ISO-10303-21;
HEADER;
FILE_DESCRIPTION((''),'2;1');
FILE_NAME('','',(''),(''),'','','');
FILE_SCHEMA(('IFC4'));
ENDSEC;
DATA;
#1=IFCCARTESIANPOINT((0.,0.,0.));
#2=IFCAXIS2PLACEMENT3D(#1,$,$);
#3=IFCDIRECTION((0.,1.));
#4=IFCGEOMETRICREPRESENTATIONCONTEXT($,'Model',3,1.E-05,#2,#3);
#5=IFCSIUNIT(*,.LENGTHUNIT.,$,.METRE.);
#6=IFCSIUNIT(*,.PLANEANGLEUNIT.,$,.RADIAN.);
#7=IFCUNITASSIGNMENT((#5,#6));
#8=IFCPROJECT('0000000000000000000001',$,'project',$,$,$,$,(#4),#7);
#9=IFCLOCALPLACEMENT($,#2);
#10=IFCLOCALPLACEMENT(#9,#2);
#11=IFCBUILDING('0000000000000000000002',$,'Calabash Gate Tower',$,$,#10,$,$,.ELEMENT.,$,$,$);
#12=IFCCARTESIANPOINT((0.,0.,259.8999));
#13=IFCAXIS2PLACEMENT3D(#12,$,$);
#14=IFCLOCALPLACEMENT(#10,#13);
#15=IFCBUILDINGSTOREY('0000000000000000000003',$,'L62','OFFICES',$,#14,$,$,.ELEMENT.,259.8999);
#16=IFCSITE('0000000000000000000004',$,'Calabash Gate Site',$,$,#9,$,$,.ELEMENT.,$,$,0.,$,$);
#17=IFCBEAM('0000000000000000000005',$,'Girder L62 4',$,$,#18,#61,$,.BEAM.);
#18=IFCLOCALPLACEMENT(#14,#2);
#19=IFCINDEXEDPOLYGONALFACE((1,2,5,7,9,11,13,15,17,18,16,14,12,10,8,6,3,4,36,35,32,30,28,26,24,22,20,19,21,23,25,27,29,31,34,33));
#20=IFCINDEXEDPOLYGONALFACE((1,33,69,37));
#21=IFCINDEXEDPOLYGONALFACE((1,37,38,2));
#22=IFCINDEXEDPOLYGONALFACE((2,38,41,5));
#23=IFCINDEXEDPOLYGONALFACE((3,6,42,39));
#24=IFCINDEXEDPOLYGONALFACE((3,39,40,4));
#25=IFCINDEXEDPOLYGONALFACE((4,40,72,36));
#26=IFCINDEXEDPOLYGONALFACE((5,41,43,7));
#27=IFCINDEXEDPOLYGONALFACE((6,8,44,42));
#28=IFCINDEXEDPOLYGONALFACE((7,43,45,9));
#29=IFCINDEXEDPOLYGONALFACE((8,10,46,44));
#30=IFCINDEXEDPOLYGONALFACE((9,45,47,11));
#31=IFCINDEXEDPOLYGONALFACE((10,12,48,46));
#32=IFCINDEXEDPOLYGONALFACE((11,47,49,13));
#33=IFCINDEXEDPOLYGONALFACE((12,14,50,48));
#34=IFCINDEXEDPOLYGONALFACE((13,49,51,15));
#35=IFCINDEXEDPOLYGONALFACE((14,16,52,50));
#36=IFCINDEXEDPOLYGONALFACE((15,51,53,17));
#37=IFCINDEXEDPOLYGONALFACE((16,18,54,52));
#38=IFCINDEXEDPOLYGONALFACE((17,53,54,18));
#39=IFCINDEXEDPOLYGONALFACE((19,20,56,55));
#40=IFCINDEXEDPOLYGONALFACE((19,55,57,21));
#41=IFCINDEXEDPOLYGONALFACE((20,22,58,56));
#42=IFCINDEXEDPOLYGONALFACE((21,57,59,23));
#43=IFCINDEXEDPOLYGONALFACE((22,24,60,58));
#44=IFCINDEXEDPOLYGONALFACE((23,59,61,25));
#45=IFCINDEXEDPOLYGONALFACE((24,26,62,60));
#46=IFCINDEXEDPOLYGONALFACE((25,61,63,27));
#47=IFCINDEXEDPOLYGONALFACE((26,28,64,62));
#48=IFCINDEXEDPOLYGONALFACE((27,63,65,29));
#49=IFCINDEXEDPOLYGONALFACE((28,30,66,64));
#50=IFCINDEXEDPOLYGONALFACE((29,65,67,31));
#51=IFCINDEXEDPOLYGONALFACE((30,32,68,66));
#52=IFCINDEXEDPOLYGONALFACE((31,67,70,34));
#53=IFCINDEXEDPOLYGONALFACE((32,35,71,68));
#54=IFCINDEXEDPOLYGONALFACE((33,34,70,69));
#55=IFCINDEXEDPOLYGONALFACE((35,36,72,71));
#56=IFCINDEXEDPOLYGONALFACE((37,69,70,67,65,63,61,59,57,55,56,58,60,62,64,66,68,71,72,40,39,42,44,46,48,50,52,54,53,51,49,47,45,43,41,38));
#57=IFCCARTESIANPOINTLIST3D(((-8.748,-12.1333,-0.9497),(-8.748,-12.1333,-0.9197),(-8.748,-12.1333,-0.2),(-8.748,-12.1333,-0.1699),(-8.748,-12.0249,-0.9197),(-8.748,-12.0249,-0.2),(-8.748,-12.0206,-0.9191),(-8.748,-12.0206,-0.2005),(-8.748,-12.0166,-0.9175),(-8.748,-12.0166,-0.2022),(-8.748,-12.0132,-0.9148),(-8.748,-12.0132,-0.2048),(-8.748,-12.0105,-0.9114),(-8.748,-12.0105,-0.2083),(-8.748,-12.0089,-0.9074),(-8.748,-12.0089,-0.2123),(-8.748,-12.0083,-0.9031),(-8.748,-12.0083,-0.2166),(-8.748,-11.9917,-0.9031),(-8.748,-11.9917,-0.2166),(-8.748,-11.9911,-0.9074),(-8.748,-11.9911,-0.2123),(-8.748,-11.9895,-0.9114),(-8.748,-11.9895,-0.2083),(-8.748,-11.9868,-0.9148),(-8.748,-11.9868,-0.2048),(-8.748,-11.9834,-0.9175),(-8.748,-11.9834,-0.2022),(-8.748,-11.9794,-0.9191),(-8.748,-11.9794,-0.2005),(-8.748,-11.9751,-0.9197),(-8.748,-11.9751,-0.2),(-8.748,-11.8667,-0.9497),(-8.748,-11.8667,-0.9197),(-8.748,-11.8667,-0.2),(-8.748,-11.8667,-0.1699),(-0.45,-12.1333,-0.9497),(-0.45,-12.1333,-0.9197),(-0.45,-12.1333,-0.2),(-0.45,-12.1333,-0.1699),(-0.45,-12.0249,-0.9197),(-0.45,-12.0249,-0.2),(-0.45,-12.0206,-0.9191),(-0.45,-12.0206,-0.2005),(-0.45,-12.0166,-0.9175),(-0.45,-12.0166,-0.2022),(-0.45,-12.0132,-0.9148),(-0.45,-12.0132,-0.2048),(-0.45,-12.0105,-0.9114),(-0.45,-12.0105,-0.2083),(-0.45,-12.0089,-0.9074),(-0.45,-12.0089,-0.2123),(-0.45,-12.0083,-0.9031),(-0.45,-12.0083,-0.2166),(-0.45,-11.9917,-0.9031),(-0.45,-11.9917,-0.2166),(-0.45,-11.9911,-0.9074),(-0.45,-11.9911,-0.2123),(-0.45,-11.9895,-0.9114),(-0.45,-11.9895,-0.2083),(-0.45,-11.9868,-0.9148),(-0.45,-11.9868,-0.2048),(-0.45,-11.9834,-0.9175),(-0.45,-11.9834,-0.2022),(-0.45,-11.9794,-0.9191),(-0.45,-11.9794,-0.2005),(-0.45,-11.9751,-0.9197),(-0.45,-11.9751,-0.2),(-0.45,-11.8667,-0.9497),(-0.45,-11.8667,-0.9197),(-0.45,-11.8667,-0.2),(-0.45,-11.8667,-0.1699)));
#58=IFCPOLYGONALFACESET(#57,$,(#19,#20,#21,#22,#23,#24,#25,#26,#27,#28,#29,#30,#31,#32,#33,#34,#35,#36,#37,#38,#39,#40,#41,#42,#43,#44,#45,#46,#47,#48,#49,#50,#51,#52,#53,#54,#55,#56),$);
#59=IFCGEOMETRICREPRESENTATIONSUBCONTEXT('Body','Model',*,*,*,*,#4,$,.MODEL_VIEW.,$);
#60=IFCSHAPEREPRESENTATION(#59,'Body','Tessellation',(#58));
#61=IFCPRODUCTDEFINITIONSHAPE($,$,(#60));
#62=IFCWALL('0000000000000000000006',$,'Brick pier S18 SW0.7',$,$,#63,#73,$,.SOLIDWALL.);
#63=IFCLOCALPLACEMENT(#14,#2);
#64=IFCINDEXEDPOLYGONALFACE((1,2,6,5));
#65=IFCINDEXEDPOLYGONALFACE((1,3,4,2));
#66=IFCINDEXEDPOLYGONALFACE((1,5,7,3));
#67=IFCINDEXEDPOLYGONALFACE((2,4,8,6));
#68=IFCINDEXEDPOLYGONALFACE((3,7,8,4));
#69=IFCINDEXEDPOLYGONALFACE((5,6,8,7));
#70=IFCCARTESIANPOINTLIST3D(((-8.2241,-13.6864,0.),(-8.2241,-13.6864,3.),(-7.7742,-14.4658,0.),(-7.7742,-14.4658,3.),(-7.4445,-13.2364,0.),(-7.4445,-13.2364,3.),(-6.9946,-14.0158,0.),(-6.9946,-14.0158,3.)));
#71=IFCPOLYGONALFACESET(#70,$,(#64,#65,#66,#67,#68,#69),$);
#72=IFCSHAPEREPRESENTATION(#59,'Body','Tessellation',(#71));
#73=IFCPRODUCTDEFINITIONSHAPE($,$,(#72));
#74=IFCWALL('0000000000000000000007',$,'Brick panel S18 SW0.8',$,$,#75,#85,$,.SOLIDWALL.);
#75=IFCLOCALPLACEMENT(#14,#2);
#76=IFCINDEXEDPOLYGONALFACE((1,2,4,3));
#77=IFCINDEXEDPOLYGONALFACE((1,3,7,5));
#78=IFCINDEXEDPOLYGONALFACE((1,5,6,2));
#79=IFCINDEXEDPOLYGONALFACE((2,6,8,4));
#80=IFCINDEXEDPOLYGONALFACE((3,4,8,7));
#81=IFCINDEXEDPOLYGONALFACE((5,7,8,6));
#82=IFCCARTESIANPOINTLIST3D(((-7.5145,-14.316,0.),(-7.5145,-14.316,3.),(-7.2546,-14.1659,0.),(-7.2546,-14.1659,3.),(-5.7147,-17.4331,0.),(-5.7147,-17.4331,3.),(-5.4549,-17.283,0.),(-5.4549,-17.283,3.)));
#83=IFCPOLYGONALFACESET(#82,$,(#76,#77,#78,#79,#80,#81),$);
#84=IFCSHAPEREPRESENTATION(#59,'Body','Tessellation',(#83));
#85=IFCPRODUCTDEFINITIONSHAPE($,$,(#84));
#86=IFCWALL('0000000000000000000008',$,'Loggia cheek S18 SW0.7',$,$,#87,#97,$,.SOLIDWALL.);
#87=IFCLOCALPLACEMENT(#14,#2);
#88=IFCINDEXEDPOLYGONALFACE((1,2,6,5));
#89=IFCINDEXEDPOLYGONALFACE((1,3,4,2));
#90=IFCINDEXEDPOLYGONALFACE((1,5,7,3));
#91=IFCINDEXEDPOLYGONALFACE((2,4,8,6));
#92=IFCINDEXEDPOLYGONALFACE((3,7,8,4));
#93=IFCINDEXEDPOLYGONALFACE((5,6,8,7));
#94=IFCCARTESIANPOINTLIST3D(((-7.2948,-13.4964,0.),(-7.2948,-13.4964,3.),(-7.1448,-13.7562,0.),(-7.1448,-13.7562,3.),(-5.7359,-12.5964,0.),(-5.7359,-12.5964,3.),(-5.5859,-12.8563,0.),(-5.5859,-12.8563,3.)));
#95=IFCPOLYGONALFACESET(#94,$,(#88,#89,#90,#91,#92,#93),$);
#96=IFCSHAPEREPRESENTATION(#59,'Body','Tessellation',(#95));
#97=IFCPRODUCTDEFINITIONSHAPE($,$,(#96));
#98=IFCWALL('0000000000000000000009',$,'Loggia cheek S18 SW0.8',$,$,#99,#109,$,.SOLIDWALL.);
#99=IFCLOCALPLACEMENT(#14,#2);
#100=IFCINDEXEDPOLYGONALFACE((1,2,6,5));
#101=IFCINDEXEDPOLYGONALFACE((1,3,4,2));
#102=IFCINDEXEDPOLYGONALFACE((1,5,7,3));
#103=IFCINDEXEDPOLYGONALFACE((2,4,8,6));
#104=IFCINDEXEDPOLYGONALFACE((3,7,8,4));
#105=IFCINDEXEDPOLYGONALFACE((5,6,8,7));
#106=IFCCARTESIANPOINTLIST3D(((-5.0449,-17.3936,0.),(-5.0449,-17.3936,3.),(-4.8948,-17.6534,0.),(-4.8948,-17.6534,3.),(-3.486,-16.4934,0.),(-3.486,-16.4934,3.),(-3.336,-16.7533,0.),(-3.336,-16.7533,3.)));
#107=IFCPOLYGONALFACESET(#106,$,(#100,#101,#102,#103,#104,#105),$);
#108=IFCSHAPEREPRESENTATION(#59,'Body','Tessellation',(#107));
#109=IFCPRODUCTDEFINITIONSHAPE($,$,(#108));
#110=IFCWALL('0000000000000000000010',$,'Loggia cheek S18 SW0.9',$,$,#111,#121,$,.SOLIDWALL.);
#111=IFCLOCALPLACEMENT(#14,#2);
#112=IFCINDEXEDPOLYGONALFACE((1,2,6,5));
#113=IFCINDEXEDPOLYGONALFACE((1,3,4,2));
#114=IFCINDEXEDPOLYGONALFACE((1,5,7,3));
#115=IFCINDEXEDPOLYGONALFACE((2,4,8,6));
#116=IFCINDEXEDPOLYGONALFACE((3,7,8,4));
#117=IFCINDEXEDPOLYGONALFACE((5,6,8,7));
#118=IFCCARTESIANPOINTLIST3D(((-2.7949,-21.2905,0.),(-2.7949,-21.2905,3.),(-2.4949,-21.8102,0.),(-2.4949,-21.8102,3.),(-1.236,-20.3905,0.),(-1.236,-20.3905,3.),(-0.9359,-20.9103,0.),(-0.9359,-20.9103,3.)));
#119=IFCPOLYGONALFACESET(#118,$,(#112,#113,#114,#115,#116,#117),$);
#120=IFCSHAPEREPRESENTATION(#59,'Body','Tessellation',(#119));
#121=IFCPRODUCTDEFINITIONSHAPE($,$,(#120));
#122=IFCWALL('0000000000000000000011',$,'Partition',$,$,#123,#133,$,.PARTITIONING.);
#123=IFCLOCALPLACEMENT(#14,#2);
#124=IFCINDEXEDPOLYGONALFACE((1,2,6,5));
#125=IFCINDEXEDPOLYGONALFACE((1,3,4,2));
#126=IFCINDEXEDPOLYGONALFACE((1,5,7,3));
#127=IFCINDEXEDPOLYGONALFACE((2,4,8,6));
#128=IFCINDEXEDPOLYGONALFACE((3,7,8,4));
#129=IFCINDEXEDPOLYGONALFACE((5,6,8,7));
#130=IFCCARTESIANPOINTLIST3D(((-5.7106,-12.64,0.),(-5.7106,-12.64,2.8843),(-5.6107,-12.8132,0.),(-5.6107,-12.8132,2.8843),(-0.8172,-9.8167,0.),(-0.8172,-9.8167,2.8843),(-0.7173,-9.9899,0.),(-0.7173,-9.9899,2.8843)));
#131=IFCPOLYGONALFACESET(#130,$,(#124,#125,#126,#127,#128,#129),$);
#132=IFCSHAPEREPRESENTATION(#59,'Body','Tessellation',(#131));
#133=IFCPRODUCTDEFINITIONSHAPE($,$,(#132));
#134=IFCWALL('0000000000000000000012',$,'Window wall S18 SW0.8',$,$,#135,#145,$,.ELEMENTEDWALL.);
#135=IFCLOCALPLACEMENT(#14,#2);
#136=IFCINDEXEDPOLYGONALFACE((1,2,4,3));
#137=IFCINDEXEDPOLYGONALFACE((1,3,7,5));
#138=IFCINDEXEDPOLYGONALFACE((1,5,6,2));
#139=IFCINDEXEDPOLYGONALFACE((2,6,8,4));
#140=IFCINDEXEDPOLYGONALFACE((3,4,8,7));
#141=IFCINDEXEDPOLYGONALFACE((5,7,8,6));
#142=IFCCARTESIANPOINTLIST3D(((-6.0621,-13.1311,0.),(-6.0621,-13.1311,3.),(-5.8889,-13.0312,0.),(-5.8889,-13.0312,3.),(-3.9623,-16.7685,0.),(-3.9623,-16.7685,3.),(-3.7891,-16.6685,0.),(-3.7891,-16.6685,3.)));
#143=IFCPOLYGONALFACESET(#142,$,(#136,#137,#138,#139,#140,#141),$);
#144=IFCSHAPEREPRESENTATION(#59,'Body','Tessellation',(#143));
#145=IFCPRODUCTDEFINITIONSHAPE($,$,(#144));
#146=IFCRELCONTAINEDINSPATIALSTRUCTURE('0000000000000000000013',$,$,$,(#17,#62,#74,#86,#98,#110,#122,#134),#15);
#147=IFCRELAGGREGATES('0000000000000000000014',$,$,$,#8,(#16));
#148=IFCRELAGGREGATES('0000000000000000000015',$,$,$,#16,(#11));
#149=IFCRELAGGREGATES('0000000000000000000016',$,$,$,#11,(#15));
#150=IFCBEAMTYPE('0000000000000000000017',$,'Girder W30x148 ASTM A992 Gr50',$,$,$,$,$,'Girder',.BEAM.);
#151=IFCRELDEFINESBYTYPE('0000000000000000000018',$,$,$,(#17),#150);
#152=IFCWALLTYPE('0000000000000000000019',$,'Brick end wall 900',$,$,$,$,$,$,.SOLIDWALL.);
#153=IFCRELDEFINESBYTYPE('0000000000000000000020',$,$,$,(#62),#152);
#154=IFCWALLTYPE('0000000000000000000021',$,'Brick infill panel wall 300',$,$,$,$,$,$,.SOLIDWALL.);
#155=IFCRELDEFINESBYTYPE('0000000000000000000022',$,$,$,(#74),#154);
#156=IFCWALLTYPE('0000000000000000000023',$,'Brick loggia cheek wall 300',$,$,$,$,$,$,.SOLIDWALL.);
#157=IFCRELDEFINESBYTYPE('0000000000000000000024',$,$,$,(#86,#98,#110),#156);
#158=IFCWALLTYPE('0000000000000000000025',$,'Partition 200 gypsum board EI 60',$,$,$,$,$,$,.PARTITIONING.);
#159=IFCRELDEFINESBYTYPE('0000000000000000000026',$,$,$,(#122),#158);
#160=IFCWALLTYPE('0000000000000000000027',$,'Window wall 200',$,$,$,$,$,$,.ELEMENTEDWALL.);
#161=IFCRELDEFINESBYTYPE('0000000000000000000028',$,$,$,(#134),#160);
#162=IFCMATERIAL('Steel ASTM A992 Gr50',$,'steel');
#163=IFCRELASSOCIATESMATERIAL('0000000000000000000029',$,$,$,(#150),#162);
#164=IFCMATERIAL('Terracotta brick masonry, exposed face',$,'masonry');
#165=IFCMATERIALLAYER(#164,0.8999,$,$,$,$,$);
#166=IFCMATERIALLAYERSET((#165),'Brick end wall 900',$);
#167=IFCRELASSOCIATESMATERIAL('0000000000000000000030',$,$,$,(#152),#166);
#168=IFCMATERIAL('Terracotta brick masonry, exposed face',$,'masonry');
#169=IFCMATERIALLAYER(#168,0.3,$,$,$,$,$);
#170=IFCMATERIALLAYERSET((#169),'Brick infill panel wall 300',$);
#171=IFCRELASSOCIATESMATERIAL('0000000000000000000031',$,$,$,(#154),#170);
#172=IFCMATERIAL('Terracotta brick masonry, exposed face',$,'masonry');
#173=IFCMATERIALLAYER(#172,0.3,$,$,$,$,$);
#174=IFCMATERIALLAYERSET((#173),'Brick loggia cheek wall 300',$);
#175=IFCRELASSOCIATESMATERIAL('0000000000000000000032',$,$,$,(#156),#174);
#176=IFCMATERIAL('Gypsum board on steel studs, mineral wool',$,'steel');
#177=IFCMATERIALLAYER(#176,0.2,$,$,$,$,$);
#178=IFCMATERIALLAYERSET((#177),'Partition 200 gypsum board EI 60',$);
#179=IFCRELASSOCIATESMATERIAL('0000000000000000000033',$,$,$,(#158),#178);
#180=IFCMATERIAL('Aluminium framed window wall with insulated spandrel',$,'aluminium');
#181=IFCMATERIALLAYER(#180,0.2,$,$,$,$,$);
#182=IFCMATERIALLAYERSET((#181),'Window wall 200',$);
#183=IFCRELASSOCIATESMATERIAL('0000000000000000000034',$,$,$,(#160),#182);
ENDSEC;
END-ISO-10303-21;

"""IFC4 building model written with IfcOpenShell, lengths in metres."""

from ifc_helpers import new_model, si_unit, direction, frame, frame_2d, origin, origin_2d, place, context, subcontext, project, spatial, rectangle, i_section, extrude, material, layer, layer_set, material_profile, profile_set, type_object, element, save


model = new_model("IFC4")

# Units and contexts
model_context = context("Model", 3, precision=1e-05, world=origin(), true_north=direction((0.0, 1.0)))
body_context = subcontext(model_context, "Body", "Model", "MODEL_VIEW")
ifc_project = project(units=[si_unit("LENGTHUNIT", "METRE"), si_unit("PLANEANGLEUNIT", "RADIAN")], contexts=[model_context])

# Site, building, storey
site_placement = place(None, origin())
site = spatial("IfcSite", under=ifc_project, at=site_placement, Name="Calabash Gate Site", CompositionType="ELEMENT", RefElevation=0.0)
building_placement = place(site_placement, origin())
building = spatial("IfcBuilding", under=site, at=building_placement, Name="Calabash Gate Tower", CompositionType="ELEMENT")
storey_placement = place(building_placement, frame((0.0, 0.0, 259.8999)))
storey = spatial("IfcBuildingStorey", under=building, at=storey_placement, Name="L62", Description="OFFICES", CompositionType="ELEMENT", Elevation=259.8999)

# Beam
ifc_material_1 = material(Name="Steel ASTM A992 Gr50", Category="steel")
ifc_material_profile_1 = material_profile(ifc_material_1, i_section(OverallWidth=0.2666, OverallDepth=0.7798, WebThickness=0.0166, FlangeThickness=0.03, FilletRadius=0.0166, at=origin_2d()))
ifc_profile_set_1 = profile_set([ifc_material_profile_1], Name="Steel ASTM A992 Gr50")
beam_type_1 = type_object("IfcBeamType", Name="Girder W30x148 ASTM A992 Gr50", ElementType="Girder", PredefinedType="BEAM", material=ifc_profile_set_1)
beam_1_placement = place(storey_placement, frame((-8.748, -12.0, -0.5598), z_axis=(1.0, 0.0, 0.0), x_axis=(0.0, 1.0, 0.0)))
element("IfcBeam", 1, at=beam_1_placement, inside=storey, type_object=beam_type_1, Name="Girder L62 4", PredefinedType="BEAM", context=body_context, shape_type="SweptSolid", body=[
    extrude(i_section(OverallWidth=0.2666, OverallDepth=0.7798, WebThickness=0.0166, FlangeThickness=0.03, FilletRadius=0.0166, at=origin_2d()), origin(), (0.0, 0.0, 1.0), 8.2981),
])

# Walls
ifc_material_2 = material(Name="Terracotta brick masonry, exposed face", Category="masonry")
ifc_layer_1 = layer(ifc_material_2, 0.8999)
ifc_layer_set_1 = layer_set([ifc_layer_1], Name="Brick end wall 900")
wall_type_1 = type_object("IfcWallType", Name="Brick end wall 900", PredefinedType="SOLIDWALL", material=ifc_layer_set_1)
wall_1_placement = place(storey_placement, frame((-7.9993, -14.0762, 0.0), z_axis=(0.0, 0.0, 1.0), x_axis=(0.866082, 0.499902, 0.0)))
element("IfcWall", 2, at=wall_1_placement, inside=storey, type_object=wall_type_1, Name="Brick pier S18 SW0.7", PredefinedType="SOLIDWALL", context=body_context, shape_type="SweptSolid", body=[
    extrude(rectangle(XDim=0.9001, YDim=0.8999, at=frame_2d((0.4502, 0.0))), origin(), (0.0, 0.0, 1.0), 3.0),
])
ifc_material_3 = material(Name="Terracotta brick masonry, exposed face", Category="masonry")
ifc_layer_2 = layer(ifc_material_3, 0.3)
ifc_layer_set_2 = layer_set([ifc_layer_2], Name="Brick infill panel wall 300")
wall_type_2 = type_object("IfcWallType", Name="Brick infill panel wall 300", PredefinedType="SOLIDWALL", material=ifc_layer_set_2)
wall_2_placement = place(storey_placement, frame((-5.5847, -17.3582, 0.0), z_axis=(0.0, 0.0, 1.0), x_axis=(-0.50002, 0.866014, 0.0)))
element("IfcWall", 3, at=wall_2_placement, inside=storey, type_object=wall_type_2, Name="Brick panel S18 SW0.8", PredefinedType="SOLIDWALL", context=body_context, shape_type="SweptSolid", body=[
    extrude(rectangle(XDim=3.5994, YDim=0.3, at=frame_2d((1.7998, 0.0))), origin(), (0.0, 0.0, 1.0), 3.0),
])
ifc_material_4 = material(Name="Terracotta brick masonry, exposed face", Category="masonry")
ifc_layer_3 = layer(ifc_material_4, 0.3)
ifc_layer_set_3 = layer_set([ifc_layer_3], Name="Brick loggia cheek wall 300")
wall_type_3 = type_object("IfcWallType", Name="Brick loggia cheek wall 300", PredefinedType="SOLIDWALL", material=ifc_layer_set_3)
for number, where, z_axis, x_axis, name in (
    (4, (-7.2197, -13.6262, 0.0), (0.0, 0.0, 1.0), (0.866048, 0.499961, 0.0), "Loggia cheek S18 SW0.7"),
    (5, (-4.9697, -17.5234, 0.0), (0.0, 0.0, 1.0), (0.865989, 0.500063, 0.0), "Loggia cheek S18 SW0.8"),
):
    element("IfcWall", number, at=place(storey_placement, frame(where, z_axis=z_axis, x_axis=x_axis)), inside=storey, type_object=wall_type_3, Name=name, PredefinedType="SOLIDWALL", context=body_context, shape_type="SweptSolid", body=[
        extrude(rectangle(XDim=1.8, YDim=0.3, at=frame_2d((0.8999, 0.0))), origin(), (0.0, 0.0, 1.0), 3.0),
    ])
wall_3_placement = place(storey_placement, frame((-2.6448, -21.5503, 0.0), z_axis=(0.0, 0.0, 1.0), x_axis=(0.866048, 0.499961, 0.0)))
element("IfcWall", 6, at=wall_3_placement, inside=storey, type_object=wall_type_3, Name="Loggia cheek S18 SW0.9", PredefinedType="SOLIDWALL", context=body_context, shape_type="SweptSolid", body=[
    extrude(rectangle(XDim=1.8, YDim=0.6001, at=frame_2d((0.8999, 0.0))), origin(), (0.0, 0.0, 1.0), 3.0),
])
ifc_material_5 = material(Name="Gypsum board on steel studs, mineral wool", Category="steel")
ifc_layer_4 = layer(ifc_material_5, 0.2)
ifc_layer_set_4 = layer_set([ifc_layer_4], Name="Partition 200 gypsum board EI 60")
wall_type_4 = type_object("IfcWallType", Name="Partition 200 gypsum board EI 60", PredefinedType="PARTITIONING", material=ifc_layer_set_4)
wall_4_placement = place(storey_placement, frame((-5.6606, -12.7266, 0.0), z_axis=(0.0, 0.0, 1.0), x_axis=(0.866172, 0.499746, 0.0)))
element("IfcWall", 7, at=wall_4_placement, inside=storey, type_object=wall_type_4, Name="Partition", PredefinedType="PARTITIONING", context=body_context, shape_type="SweptSolid", body=[
    extrude(rectangle(XDim=5.6494, YDim=0.2, at=frame_2d((2.8247, 0.0))), origin(), (0.0, 0.0, 1.0), 2.8843),
])
ifc_material_6 = material(Name="Aluminium framed window wall with insulated spandrel", Category="aluminium")
ifc_layer_5 = layer(ifc_material_6, 0.2)
ifc_layer_set_5 = layer_set([ifc_layer_5], Name="Window wall 200")
wall_type_5 = type_object("IfcWallType", Name="Window wall 200", PredefinedType="ELEMENTEDWALL", material=ifc_layer_set_5)
wall_5_placement = place(storey_placement, frame((-5.9756, -13.0811, 0.0), z_axis=(0.0, 0.0, 1.0), x_axis=(0.499959, -0.866049, 0.0)))
element("IfcWall", 8, at=wall_5_placement, inside=storey, type_object=wall_type_5, Name="Window wall S18 SW0.8", PredefinedType="ELEMENTEDWALL", context=body_context, shape_type="SweptSolid", body=[
    extrude(rectangle(XDim=4.2, YDim=0.2, at=frame_2d((2.1001, 0.0))), origin(), (0.0, 0.0, 1.0), 3.0),
])

save(model, "model.ifc")
